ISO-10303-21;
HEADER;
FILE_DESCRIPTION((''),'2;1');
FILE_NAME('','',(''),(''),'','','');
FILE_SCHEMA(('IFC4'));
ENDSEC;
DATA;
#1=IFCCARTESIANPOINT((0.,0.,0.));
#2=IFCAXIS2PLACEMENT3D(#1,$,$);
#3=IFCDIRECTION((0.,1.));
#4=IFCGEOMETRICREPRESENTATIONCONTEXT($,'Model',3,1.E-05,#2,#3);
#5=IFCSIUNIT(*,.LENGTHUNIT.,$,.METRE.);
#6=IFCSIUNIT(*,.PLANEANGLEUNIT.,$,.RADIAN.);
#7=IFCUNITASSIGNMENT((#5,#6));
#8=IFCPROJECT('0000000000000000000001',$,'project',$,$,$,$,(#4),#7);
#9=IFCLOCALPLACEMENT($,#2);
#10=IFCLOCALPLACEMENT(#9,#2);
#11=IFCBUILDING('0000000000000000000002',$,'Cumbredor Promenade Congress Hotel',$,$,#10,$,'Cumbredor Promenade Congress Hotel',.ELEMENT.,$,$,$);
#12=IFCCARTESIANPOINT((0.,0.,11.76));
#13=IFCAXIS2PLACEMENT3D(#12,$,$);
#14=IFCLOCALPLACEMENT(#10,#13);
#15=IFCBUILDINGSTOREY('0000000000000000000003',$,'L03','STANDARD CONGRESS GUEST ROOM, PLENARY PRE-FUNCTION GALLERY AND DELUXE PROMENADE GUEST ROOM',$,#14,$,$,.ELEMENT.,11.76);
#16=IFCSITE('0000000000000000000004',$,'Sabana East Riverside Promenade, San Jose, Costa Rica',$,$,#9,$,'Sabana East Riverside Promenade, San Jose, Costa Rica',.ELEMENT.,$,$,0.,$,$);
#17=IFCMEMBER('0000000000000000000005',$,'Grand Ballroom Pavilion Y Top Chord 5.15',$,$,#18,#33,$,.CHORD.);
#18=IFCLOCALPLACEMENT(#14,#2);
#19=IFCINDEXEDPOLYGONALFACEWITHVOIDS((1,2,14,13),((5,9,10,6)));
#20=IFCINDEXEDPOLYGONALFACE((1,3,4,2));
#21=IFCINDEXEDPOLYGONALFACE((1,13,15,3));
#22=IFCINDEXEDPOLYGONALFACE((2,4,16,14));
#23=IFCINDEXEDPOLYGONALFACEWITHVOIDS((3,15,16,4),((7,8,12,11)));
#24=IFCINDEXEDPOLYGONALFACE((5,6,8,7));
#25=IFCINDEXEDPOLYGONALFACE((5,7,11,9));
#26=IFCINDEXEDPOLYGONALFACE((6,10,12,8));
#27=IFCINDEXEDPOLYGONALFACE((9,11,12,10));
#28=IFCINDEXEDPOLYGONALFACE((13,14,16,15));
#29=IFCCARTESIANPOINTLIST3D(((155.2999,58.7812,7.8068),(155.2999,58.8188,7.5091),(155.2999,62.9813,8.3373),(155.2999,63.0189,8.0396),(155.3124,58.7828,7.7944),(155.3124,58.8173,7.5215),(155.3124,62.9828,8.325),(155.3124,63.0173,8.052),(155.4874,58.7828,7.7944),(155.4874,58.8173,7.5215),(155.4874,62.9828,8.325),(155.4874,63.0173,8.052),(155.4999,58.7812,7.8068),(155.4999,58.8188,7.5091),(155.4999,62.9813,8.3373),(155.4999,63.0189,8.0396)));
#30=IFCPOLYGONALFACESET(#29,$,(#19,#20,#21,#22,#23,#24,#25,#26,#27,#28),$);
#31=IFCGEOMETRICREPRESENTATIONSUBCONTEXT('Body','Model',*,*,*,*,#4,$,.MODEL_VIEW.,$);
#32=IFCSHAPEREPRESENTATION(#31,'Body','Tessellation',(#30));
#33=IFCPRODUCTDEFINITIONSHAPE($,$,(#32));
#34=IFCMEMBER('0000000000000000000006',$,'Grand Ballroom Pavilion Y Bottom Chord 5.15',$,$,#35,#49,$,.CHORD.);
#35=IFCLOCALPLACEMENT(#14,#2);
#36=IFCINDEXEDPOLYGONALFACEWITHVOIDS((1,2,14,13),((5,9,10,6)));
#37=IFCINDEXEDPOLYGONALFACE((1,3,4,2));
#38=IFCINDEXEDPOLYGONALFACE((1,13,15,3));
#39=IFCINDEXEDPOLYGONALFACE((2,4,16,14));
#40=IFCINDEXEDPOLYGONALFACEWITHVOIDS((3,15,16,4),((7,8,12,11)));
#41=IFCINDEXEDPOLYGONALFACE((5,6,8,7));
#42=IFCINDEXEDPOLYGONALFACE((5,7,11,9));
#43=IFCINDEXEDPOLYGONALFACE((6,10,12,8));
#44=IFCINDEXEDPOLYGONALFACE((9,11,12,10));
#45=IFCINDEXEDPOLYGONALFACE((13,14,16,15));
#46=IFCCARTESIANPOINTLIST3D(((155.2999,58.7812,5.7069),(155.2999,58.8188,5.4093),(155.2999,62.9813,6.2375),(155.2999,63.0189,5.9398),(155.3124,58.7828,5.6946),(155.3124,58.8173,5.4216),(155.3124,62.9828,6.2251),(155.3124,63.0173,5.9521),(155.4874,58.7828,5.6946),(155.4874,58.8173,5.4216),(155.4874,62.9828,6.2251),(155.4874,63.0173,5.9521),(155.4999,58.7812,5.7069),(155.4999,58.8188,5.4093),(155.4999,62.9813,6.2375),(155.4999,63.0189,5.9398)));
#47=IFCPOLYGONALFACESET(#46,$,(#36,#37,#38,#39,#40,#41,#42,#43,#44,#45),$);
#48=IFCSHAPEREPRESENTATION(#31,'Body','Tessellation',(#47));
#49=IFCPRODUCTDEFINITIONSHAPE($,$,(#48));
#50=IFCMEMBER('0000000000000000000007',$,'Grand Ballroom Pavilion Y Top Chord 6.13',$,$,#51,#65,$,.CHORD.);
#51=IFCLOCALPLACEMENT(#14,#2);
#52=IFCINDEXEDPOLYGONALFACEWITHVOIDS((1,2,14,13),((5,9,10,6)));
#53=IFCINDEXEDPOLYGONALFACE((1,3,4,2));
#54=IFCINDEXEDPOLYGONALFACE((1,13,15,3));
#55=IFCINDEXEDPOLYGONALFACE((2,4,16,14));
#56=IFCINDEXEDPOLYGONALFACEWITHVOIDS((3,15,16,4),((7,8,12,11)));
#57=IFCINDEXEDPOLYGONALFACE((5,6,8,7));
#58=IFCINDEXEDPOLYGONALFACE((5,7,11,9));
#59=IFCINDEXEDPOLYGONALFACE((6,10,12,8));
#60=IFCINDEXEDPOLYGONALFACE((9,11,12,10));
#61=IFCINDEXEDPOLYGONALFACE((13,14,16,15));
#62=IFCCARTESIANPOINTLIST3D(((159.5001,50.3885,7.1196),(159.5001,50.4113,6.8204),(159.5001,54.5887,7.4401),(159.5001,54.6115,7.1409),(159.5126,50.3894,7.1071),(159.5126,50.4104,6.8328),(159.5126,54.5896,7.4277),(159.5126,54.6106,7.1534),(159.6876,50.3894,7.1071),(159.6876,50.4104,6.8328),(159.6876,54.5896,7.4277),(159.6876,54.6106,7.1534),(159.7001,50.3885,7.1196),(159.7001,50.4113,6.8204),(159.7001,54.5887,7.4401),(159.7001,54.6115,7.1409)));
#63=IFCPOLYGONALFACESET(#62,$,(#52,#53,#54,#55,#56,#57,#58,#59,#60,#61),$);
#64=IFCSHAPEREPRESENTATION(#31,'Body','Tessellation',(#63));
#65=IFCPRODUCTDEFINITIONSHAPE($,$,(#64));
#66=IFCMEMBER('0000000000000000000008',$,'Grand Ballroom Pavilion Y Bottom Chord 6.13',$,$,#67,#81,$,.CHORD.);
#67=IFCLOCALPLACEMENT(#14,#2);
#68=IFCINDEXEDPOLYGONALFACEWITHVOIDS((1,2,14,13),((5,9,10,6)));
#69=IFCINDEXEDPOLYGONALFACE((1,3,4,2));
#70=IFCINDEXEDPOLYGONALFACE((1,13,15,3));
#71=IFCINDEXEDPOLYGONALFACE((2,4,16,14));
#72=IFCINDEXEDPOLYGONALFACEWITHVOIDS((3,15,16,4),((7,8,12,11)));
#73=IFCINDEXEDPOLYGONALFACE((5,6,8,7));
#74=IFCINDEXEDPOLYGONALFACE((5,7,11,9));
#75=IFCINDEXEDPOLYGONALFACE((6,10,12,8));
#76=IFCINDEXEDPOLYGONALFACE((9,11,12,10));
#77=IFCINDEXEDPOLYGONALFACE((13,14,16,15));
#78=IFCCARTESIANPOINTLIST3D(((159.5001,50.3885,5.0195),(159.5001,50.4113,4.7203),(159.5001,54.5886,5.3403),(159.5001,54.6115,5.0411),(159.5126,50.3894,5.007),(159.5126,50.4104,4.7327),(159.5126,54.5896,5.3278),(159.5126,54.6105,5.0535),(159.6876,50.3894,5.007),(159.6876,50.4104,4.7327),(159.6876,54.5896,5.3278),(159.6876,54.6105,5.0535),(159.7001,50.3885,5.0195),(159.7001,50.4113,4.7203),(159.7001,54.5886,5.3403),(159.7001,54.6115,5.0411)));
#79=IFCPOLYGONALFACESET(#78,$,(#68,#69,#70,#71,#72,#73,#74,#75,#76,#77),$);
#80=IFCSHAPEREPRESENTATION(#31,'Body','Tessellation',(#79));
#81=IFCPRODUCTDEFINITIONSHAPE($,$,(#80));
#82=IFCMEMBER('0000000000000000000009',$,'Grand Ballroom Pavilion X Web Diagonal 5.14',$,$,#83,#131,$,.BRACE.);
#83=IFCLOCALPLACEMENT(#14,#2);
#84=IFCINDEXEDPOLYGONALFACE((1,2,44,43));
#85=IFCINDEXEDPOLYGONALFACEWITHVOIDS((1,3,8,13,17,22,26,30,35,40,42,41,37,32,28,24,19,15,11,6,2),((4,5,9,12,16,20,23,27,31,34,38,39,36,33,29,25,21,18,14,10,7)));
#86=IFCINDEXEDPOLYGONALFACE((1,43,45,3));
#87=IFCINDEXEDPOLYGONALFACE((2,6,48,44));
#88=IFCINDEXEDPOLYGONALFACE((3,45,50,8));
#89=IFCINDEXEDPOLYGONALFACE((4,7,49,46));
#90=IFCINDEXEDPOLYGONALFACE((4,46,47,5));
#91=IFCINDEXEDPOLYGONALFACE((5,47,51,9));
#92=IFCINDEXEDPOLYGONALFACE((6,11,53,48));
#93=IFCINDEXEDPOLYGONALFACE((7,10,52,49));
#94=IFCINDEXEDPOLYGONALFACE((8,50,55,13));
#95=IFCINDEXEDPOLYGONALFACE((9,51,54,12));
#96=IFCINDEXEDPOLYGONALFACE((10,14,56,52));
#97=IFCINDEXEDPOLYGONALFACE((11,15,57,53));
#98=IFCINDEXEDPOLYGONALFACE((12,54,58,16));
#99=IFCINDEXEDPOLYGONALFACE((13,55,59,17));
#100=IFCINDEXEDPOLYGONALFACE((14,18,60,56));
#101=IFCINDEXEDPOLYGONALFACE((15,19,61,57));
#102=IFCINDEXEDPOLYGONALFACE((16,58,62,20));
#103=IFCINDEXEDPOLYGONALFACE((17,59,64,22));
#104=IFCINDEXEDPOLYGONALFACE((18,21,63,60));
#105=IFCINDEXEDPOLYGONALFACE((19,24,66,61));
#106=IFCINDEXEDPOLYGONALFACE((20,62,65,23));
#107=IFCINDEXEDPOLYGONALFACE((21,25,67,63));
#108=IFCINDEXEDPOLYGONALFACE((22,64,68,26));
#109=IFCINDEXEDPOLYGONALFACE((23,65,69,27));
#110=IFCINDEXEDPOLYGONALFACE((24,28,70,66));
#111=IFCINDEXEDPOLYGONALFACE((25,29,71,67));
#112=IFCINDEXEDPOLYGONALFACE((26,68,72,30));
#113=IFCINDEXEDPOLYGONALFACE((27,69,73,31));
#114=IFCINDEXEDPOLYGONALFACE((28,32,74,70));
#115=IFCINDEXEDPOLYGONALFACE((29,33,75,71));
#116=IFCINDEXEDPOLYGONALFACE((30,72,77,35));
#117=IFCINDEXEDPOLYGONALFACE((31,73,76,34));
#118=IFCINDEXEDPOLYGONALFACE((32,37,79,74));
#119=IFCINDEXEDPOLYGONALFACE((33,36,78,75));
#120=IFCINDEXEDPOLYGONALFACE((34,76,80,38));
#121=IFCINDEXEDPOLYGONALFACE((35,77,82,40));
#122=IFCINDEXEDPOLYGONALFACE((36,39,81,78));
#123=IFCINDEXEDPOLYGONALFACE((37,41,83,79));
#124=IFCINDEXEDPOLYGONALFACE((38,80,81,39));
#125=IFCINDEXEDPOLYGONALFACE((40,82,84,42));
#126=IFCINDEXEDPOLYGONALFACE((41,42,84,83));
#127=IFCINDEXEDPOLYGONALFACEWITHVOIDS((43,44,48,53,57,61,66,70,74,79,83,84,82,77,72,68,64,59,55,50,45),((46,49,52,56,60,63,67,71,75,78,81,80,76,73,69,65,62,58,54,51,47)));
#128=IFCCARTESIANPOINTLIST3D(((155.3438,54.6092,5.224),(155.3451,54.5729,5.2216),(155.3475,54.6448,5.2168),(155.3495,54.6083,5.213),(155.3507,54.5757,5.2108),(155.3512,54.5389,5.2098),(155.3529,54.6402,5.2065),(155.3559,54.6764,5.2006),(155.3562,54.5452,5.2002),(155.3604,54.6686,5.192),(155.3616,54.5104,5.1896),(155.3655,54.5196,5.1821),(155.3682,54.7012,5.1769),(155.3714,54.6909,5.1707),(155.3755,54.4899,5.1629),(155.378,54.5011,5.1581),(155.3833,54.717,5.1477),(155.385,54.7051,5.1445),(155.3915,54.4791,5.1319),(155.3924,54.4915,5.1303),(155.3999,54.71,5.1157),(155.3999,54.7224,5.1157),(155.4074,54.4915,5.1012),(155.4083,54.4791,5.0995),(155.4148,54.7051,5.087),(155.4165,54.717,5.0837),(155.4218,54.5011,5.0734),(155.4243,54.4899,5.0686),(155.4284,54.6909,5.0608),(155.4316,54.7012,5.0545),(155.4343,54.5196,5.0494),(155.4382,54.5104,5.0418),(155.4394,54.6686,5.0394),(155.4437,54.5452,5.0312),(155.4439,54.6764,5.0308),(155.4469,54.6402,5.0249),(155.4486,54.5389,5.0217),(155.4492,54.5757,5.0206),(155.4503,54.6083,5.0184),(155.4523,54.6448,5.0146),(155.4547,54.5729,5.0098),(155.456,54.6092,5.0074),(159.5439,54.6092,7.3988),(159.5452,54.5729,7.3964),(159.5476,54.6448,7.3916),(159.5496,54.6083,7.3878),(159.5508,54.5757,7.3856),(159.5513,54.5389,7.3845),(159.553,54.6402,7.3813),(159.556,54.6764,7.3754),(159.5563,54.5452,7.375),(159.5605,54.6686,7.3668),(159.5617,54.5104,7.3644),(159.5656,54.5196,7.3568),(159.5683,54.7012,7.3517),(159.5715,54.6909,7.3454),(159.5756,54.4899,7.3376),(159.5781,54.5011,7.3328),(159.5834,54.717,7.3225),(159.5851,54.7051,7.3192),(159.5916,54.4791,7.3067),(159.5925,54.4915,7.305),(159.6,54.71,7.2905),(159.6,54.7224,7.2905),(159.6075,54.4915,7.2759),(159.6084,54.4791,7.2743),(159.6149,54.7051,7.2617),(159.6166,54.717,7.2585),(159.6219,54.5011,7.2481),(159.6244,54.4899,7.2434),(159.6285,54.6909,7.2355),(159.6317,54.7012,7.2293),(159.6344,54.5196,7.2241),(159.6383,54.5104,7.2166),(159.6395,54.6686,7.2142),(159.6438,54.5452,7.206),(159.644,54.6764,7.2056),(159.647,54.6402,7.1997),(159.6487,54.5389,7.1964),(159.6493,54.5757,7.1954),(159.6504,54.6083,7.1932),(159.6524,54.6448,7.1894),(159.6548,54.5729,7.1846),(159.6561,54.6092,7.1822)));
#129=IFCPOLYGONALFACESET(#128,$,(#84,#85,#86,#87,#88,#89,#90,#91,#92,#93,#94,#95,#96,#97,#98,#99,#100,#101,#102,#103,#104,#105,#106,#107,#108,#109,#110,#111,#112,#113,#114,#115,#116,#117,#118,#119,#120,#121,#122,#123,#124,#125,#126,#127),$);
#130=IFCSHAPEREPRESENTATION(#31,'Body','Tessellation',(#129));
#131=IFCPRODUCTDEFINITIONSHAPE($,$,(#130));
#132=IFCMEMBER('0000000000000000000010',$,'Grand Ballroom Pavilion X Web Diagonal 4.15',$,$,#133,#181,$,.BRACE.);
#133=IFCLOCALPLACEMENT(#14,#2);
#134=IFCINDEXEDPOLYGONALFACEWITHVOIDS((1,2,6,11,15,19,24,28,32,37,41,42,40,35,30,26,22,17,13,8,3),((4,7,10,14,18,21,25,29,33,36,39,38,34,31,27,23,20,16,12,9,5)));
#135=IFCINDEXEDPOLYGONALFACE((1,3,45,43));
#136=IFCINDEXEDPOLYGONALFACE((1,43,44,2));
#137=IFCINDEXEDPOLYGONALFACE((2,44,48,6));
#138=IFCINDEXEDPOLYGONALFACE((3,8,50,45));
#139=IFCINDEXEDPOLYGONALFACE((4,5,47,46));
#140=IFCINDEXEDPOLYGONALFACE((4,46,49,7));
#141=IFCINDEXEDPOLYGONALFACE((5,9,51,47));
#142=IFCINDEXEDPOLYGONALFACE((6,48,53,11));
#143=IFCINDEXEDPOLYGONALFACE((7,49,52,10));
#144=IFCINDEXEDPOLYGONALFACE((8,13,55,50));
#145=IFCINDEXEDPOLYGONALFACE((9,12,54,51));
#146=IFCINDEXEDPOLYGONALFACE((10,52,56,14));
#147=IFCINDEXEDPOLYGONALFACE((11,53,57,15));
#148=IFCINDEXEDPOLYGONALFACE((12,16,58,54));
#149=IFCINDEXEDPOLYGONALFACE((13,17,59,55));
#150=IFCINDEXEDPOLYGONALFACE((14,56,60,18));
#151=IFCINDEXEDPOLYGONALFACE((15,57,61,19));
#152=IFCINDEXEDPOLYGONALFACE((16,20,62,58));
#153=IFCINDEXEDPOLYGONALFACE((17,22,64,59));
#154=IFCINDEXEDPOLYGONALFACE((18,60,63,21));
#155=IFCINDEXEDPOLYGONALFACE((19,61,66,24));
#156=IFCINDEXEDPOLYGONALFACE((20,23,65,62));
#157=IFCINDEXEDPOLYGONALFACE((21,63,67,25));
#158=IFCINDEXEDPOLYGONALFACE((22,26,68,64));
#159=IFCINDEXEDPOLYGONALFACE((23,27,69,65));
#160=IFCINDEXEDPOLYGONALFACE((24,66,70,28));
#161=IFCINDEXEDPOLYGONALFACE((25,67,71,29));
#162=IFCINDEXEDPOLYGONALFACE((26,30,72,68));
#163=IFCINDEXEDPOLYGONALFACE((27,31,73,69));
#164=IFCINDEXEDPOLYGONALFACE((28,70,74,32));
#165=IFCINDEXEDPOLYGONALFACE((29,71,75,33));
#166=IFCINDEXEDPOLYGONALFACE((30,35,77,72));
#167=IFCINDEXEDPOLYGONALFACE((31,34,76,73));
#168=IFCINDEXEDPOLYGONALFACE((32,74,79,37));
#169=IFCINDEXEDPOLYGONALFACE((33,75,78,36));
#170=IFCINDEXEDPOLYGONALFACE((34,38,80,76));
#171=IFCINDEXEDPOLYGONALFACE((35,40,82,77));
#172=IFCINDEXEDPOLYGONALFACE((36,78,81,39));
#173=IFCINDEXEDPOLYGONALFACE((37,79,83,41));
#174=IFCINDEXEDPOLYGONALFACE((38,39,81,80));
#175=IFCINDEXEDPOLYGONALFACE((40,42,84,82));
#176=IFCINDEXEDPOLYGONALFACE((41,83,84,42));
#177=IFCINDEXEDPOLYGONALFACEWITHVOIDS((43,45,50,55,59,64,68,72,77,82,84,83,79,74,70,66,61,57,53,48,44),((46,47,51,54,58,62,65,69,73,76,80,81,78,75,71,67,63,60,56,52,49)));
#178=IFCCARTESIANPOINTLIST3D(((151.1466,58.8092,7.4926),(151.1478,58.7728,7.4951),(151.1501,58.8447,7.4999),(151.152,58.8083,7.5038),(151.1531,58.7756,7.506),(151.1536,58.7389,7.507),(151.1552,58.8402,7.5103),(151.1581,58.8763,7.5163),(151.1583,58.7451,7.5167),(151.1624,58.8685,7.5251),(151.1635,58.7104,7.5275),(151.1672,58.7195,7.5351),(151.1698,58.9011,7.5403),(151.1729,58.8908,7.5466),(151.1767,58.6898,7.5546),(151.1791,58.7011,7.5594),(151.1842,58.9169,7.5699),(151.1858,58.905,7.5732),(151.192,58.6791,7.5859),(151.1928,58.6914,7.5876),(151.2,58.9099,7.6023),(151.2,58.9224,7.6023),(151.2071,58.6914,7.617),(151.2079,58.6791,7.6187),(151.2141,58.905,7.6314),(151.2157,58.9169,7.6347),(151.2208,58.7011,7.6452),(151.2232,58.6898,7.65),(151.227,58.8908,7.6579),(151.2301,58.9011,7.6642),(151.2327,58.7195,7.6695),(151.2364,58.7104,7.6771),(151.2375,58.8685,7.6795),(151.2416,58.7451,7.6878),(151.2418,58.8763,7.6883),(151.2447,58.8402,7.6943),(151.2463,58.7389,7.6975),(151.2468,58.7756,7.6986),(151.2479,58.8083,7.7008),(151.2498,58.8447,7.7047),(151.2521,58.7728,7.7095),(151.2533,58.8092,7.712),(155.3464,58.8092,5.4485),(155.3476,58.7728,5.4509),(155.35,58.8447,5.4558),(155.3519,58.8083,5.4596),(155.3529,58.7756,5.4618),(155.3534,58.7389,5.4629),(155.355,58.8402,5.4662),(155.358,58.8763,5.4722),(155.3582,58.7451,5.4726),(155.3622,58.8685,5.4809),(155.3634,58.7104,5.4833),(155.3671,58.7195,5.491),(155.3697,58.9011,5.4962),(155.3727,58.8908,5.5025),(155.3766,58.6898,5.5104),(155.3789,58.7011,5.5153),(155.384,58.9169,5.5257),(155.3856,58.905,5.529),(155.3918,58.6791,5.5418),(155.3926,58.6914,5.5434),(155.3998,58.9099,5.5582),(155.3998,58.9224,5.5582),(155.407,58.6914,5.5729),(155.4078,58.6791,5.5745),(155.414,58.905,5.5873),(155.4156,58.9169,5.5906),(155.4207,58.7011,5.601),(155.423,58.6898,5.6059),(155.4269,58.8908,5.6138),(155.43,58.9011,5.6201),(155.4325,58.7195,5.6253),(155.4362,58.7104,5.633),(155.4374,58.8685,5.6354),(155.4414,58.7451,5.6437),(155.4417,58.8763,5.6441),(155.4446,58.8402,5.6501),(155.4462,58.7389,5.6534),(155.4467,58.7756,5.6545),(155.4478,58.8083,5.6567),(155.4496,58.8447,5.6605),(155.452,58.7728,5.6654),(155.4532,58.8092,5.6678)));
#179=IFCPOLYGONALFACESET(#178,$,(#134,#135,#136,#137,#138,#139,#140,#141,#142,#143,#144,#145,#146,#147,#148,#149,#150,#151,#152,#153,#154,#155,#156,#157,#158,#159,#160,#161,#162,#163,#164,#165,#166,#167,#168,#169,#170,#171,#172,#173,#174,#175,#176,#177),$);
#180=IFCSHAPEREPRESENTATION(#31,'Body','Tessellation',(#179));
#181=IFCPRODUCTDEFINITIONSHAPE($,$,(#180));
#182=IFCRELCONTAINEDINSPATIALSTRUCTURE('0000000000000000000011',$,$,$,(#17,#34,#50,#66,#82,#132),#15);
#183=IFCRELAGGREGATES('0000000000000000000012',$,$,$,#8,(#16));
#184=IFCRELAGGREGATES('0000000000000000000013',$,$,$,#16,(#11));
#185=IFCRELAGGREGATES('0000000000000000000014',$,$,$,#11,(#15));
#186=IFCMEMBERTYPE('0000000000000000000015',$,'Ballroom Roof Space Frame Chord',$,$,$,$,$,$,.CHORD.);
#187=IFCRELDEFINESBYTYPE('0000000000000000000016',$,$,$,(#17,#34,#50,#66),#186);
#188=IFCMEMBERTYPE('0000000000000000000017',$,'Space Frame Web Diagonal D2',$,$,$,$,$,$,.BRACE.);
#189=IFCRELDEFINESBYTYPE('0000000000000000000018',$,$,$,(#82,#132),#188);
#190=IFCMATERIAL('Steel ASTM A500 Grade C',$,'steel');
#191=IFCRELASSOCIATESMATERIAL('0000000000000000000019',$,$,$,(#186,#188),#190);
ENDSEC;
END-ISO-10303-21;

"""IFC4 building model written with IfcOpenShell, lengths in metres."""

from ifc_helpers import new_model, si_unit, direction, frame, origin, origin_2d, place, context, subcontext, project, spatial, hollow_rectangle, hollow_circle, extrude, material, material_profile, profile_set, type_object, element, save


model = new_model("IFC4")

# Units and contexts
model_context = context("Model", 3, precision=1e-05, world=origin(), true_north=direction((0.0, 1.0)))
body_context = subcontext(model_context, "Body", "Model", "MODEL_VIEW")
ifc_project = project(units=[si_unit("LENGTHUNIT", "METRE"), si_unit("PLANEANGLEUNIT", "RADIAN")], contexts=[model_context])

# Site, building, storey
site_placement = place(None, origin())
site = spatial("IfcSite", under=ifc_project, at=site_placement, Name="Sabana East Riverside Promenade, San Jose, Costa Rica", LongName="Sabana East Riverside Promenade, San Jose, Costa Rica", CompositionType="ELEMENT", RefElevation=0.0)
building_placement = place(site_placement, origin())
building = spatial("IfcBuilding", under=site, at=building_placement, Name="Cumbredor Promenade Congress Hotel", LongName="Cumbredor Promenade Congress Hotel", CompositionType="ELEMENT")
storey_placement = place(building_placement, frame((0.0, 0.0, 11.76)))
storey = spatial("IfcBuildingStorey", under=building, at=storey_placement, Name="L03", Description="STANDARD CONGRESS GUEST ROOM, PLENARY PRE-FUNCTION GALLERY AND DELUXE PROMENADE GUEST ROOM", CompositionType="ELEMENT", Elevation=11.76)

# Members
ifc_material_1 = material(Name="Steel ASTM A500 Grade C", Category="steel")
ifc_material_profile_1 = material_profile(ifc_material_1, hollow_rectangle(XDim=0.2, YDim=0.3, WallThickness=0.0125, at=origin_2d()), Name="HSS 300x200x12.5")
ifc_profile_set_1 = profile_set([ifc_material_profile_1], Name="Steel ASTM A500 Grade C")
member_type_1 = type_object("IfcMemberType", Name="Ballroom Roof Space Frame Chord", PredefinedType="CHORD", material=ifc_profile_set_1)
for number, where, z_axis, x_axis, name in (
    (1, (155.3999, 58.8, 7.658), (0.0, 0.992116, 0.125319), (-1.0, 0.0, 0.0), "Grand Ballroom Pavilion Y Top Chord 5.15"),
    (2, (155.3999, 58.8, 5.5581), (0.0, 0.992116, 0.125319), (-1.0, 0.0, 0.0), "Grand Ballroom Pavilion Y Bottom Chord 5.15"),
):
    element("IfcMember", number, at=place(storey_placement, frame(where, z_axis=z_axis, x_axis=x_axis)), inside=storey, type_object=member_type_1, Name=name, PredefinedType="CHORD", context=body_context, shape_type="SweptSolid", body=[
        extrude(hollow_rectangle(XDim=0.2, YDim=0.3, WallThickness=0.0125, at=origin_2d()), origin(), (0.0, 0.0, 1.0), 4.2334),
    ])
for number, where, z_axis, x_axis, name in (
    (3, (159.6001, 50.3999, 6.97), (0.0, 0.9971, 0.076098), (-1.0, 0.0, 0.0), "Grand Ballroom Pavilion Y Top Chord 6.13"),
    (4, (159.6001, 50.3999, 4.8699), (0.0, 0.997096, 0.076156), (-1.0, 0.0, 0.0), "Grand Ballroom Pavilion Y Bottom Chord 6.13"),
):
    element("IfcMember", number, at=place(storey_placement, frame(where, z_axis=z_axis, x_axis=x_axis)), inside=storey, type_object=member_type_1, Name=name, PredefinedType="CHORD", context=body_context, shape_type="SweptSolid", body=[
        extrude(hollow_rectangle(XDim=0.2, YDim=0.3, WallThickness=0.0125, at=origin_2d()), origin(), (0.0, 0.0, 1.0), 4.2124),
    ])
ifc_material_profile_2 = material_profile(ifc_material_1, hollow_circle(Radius=0.1223, WallThickness=0.0125, at=origin_2d()), Name="CHS 244.5x12.5")
ifc_profile_set_2 = profile_set([ifc_material_profile_2], Name="Steel ASTM A500 Grade C")
member_type_2 = type_object("IfcMemberType", Name="Space Frame Web Diagonal D2", PredefinedType="BRACE", material=ifc_profile_set_2)
member_1_placement = place(storey_placement, frame((155.3999, 54.6001, 5.1157), z_axis=(0.88802, 0.0, 0.459805), x_axis=(0.0, 1.0, 0.0)))
element("IfcMember", 5, at=member_1_placement, inside=storey, type_object=member_type_2, Name="Grand Ballroom Pavilion X Web Diagonal 5.14", PredefinedType="BRACE", context=body_context, shape_type="SweptSolid", body=[
    extrude(hollow_circle(Radius=0.1223, WallThickness=0.0125, at=origin_2d()), origin(), (0.0, 0.0, 1.0), 4.7297),
])
member_2_placement = place(storey_placement, frame((151.2, 58.8, 7.6023), z_axis=(0.899153, 0.0, -0.437634), x_axis=(0.0, 1.0, 0.0)))
element("IfcMember", 6, at=member_2_placement, inside=storey, type_object=member_type_2, Name="Grand Ballroom Pavilion X Web Diagonal 4.15", PredefinedType="BRACE", context=body_context, shape_type="SweptSolid", body=[
    extrude(hollow_circle(Radius=0.1223, WallThickness=0.0125, at=origin_2d()), origin(), (0.0, 0.0, 1.0), 4.6709),
])

save(model, "model.ifc")
